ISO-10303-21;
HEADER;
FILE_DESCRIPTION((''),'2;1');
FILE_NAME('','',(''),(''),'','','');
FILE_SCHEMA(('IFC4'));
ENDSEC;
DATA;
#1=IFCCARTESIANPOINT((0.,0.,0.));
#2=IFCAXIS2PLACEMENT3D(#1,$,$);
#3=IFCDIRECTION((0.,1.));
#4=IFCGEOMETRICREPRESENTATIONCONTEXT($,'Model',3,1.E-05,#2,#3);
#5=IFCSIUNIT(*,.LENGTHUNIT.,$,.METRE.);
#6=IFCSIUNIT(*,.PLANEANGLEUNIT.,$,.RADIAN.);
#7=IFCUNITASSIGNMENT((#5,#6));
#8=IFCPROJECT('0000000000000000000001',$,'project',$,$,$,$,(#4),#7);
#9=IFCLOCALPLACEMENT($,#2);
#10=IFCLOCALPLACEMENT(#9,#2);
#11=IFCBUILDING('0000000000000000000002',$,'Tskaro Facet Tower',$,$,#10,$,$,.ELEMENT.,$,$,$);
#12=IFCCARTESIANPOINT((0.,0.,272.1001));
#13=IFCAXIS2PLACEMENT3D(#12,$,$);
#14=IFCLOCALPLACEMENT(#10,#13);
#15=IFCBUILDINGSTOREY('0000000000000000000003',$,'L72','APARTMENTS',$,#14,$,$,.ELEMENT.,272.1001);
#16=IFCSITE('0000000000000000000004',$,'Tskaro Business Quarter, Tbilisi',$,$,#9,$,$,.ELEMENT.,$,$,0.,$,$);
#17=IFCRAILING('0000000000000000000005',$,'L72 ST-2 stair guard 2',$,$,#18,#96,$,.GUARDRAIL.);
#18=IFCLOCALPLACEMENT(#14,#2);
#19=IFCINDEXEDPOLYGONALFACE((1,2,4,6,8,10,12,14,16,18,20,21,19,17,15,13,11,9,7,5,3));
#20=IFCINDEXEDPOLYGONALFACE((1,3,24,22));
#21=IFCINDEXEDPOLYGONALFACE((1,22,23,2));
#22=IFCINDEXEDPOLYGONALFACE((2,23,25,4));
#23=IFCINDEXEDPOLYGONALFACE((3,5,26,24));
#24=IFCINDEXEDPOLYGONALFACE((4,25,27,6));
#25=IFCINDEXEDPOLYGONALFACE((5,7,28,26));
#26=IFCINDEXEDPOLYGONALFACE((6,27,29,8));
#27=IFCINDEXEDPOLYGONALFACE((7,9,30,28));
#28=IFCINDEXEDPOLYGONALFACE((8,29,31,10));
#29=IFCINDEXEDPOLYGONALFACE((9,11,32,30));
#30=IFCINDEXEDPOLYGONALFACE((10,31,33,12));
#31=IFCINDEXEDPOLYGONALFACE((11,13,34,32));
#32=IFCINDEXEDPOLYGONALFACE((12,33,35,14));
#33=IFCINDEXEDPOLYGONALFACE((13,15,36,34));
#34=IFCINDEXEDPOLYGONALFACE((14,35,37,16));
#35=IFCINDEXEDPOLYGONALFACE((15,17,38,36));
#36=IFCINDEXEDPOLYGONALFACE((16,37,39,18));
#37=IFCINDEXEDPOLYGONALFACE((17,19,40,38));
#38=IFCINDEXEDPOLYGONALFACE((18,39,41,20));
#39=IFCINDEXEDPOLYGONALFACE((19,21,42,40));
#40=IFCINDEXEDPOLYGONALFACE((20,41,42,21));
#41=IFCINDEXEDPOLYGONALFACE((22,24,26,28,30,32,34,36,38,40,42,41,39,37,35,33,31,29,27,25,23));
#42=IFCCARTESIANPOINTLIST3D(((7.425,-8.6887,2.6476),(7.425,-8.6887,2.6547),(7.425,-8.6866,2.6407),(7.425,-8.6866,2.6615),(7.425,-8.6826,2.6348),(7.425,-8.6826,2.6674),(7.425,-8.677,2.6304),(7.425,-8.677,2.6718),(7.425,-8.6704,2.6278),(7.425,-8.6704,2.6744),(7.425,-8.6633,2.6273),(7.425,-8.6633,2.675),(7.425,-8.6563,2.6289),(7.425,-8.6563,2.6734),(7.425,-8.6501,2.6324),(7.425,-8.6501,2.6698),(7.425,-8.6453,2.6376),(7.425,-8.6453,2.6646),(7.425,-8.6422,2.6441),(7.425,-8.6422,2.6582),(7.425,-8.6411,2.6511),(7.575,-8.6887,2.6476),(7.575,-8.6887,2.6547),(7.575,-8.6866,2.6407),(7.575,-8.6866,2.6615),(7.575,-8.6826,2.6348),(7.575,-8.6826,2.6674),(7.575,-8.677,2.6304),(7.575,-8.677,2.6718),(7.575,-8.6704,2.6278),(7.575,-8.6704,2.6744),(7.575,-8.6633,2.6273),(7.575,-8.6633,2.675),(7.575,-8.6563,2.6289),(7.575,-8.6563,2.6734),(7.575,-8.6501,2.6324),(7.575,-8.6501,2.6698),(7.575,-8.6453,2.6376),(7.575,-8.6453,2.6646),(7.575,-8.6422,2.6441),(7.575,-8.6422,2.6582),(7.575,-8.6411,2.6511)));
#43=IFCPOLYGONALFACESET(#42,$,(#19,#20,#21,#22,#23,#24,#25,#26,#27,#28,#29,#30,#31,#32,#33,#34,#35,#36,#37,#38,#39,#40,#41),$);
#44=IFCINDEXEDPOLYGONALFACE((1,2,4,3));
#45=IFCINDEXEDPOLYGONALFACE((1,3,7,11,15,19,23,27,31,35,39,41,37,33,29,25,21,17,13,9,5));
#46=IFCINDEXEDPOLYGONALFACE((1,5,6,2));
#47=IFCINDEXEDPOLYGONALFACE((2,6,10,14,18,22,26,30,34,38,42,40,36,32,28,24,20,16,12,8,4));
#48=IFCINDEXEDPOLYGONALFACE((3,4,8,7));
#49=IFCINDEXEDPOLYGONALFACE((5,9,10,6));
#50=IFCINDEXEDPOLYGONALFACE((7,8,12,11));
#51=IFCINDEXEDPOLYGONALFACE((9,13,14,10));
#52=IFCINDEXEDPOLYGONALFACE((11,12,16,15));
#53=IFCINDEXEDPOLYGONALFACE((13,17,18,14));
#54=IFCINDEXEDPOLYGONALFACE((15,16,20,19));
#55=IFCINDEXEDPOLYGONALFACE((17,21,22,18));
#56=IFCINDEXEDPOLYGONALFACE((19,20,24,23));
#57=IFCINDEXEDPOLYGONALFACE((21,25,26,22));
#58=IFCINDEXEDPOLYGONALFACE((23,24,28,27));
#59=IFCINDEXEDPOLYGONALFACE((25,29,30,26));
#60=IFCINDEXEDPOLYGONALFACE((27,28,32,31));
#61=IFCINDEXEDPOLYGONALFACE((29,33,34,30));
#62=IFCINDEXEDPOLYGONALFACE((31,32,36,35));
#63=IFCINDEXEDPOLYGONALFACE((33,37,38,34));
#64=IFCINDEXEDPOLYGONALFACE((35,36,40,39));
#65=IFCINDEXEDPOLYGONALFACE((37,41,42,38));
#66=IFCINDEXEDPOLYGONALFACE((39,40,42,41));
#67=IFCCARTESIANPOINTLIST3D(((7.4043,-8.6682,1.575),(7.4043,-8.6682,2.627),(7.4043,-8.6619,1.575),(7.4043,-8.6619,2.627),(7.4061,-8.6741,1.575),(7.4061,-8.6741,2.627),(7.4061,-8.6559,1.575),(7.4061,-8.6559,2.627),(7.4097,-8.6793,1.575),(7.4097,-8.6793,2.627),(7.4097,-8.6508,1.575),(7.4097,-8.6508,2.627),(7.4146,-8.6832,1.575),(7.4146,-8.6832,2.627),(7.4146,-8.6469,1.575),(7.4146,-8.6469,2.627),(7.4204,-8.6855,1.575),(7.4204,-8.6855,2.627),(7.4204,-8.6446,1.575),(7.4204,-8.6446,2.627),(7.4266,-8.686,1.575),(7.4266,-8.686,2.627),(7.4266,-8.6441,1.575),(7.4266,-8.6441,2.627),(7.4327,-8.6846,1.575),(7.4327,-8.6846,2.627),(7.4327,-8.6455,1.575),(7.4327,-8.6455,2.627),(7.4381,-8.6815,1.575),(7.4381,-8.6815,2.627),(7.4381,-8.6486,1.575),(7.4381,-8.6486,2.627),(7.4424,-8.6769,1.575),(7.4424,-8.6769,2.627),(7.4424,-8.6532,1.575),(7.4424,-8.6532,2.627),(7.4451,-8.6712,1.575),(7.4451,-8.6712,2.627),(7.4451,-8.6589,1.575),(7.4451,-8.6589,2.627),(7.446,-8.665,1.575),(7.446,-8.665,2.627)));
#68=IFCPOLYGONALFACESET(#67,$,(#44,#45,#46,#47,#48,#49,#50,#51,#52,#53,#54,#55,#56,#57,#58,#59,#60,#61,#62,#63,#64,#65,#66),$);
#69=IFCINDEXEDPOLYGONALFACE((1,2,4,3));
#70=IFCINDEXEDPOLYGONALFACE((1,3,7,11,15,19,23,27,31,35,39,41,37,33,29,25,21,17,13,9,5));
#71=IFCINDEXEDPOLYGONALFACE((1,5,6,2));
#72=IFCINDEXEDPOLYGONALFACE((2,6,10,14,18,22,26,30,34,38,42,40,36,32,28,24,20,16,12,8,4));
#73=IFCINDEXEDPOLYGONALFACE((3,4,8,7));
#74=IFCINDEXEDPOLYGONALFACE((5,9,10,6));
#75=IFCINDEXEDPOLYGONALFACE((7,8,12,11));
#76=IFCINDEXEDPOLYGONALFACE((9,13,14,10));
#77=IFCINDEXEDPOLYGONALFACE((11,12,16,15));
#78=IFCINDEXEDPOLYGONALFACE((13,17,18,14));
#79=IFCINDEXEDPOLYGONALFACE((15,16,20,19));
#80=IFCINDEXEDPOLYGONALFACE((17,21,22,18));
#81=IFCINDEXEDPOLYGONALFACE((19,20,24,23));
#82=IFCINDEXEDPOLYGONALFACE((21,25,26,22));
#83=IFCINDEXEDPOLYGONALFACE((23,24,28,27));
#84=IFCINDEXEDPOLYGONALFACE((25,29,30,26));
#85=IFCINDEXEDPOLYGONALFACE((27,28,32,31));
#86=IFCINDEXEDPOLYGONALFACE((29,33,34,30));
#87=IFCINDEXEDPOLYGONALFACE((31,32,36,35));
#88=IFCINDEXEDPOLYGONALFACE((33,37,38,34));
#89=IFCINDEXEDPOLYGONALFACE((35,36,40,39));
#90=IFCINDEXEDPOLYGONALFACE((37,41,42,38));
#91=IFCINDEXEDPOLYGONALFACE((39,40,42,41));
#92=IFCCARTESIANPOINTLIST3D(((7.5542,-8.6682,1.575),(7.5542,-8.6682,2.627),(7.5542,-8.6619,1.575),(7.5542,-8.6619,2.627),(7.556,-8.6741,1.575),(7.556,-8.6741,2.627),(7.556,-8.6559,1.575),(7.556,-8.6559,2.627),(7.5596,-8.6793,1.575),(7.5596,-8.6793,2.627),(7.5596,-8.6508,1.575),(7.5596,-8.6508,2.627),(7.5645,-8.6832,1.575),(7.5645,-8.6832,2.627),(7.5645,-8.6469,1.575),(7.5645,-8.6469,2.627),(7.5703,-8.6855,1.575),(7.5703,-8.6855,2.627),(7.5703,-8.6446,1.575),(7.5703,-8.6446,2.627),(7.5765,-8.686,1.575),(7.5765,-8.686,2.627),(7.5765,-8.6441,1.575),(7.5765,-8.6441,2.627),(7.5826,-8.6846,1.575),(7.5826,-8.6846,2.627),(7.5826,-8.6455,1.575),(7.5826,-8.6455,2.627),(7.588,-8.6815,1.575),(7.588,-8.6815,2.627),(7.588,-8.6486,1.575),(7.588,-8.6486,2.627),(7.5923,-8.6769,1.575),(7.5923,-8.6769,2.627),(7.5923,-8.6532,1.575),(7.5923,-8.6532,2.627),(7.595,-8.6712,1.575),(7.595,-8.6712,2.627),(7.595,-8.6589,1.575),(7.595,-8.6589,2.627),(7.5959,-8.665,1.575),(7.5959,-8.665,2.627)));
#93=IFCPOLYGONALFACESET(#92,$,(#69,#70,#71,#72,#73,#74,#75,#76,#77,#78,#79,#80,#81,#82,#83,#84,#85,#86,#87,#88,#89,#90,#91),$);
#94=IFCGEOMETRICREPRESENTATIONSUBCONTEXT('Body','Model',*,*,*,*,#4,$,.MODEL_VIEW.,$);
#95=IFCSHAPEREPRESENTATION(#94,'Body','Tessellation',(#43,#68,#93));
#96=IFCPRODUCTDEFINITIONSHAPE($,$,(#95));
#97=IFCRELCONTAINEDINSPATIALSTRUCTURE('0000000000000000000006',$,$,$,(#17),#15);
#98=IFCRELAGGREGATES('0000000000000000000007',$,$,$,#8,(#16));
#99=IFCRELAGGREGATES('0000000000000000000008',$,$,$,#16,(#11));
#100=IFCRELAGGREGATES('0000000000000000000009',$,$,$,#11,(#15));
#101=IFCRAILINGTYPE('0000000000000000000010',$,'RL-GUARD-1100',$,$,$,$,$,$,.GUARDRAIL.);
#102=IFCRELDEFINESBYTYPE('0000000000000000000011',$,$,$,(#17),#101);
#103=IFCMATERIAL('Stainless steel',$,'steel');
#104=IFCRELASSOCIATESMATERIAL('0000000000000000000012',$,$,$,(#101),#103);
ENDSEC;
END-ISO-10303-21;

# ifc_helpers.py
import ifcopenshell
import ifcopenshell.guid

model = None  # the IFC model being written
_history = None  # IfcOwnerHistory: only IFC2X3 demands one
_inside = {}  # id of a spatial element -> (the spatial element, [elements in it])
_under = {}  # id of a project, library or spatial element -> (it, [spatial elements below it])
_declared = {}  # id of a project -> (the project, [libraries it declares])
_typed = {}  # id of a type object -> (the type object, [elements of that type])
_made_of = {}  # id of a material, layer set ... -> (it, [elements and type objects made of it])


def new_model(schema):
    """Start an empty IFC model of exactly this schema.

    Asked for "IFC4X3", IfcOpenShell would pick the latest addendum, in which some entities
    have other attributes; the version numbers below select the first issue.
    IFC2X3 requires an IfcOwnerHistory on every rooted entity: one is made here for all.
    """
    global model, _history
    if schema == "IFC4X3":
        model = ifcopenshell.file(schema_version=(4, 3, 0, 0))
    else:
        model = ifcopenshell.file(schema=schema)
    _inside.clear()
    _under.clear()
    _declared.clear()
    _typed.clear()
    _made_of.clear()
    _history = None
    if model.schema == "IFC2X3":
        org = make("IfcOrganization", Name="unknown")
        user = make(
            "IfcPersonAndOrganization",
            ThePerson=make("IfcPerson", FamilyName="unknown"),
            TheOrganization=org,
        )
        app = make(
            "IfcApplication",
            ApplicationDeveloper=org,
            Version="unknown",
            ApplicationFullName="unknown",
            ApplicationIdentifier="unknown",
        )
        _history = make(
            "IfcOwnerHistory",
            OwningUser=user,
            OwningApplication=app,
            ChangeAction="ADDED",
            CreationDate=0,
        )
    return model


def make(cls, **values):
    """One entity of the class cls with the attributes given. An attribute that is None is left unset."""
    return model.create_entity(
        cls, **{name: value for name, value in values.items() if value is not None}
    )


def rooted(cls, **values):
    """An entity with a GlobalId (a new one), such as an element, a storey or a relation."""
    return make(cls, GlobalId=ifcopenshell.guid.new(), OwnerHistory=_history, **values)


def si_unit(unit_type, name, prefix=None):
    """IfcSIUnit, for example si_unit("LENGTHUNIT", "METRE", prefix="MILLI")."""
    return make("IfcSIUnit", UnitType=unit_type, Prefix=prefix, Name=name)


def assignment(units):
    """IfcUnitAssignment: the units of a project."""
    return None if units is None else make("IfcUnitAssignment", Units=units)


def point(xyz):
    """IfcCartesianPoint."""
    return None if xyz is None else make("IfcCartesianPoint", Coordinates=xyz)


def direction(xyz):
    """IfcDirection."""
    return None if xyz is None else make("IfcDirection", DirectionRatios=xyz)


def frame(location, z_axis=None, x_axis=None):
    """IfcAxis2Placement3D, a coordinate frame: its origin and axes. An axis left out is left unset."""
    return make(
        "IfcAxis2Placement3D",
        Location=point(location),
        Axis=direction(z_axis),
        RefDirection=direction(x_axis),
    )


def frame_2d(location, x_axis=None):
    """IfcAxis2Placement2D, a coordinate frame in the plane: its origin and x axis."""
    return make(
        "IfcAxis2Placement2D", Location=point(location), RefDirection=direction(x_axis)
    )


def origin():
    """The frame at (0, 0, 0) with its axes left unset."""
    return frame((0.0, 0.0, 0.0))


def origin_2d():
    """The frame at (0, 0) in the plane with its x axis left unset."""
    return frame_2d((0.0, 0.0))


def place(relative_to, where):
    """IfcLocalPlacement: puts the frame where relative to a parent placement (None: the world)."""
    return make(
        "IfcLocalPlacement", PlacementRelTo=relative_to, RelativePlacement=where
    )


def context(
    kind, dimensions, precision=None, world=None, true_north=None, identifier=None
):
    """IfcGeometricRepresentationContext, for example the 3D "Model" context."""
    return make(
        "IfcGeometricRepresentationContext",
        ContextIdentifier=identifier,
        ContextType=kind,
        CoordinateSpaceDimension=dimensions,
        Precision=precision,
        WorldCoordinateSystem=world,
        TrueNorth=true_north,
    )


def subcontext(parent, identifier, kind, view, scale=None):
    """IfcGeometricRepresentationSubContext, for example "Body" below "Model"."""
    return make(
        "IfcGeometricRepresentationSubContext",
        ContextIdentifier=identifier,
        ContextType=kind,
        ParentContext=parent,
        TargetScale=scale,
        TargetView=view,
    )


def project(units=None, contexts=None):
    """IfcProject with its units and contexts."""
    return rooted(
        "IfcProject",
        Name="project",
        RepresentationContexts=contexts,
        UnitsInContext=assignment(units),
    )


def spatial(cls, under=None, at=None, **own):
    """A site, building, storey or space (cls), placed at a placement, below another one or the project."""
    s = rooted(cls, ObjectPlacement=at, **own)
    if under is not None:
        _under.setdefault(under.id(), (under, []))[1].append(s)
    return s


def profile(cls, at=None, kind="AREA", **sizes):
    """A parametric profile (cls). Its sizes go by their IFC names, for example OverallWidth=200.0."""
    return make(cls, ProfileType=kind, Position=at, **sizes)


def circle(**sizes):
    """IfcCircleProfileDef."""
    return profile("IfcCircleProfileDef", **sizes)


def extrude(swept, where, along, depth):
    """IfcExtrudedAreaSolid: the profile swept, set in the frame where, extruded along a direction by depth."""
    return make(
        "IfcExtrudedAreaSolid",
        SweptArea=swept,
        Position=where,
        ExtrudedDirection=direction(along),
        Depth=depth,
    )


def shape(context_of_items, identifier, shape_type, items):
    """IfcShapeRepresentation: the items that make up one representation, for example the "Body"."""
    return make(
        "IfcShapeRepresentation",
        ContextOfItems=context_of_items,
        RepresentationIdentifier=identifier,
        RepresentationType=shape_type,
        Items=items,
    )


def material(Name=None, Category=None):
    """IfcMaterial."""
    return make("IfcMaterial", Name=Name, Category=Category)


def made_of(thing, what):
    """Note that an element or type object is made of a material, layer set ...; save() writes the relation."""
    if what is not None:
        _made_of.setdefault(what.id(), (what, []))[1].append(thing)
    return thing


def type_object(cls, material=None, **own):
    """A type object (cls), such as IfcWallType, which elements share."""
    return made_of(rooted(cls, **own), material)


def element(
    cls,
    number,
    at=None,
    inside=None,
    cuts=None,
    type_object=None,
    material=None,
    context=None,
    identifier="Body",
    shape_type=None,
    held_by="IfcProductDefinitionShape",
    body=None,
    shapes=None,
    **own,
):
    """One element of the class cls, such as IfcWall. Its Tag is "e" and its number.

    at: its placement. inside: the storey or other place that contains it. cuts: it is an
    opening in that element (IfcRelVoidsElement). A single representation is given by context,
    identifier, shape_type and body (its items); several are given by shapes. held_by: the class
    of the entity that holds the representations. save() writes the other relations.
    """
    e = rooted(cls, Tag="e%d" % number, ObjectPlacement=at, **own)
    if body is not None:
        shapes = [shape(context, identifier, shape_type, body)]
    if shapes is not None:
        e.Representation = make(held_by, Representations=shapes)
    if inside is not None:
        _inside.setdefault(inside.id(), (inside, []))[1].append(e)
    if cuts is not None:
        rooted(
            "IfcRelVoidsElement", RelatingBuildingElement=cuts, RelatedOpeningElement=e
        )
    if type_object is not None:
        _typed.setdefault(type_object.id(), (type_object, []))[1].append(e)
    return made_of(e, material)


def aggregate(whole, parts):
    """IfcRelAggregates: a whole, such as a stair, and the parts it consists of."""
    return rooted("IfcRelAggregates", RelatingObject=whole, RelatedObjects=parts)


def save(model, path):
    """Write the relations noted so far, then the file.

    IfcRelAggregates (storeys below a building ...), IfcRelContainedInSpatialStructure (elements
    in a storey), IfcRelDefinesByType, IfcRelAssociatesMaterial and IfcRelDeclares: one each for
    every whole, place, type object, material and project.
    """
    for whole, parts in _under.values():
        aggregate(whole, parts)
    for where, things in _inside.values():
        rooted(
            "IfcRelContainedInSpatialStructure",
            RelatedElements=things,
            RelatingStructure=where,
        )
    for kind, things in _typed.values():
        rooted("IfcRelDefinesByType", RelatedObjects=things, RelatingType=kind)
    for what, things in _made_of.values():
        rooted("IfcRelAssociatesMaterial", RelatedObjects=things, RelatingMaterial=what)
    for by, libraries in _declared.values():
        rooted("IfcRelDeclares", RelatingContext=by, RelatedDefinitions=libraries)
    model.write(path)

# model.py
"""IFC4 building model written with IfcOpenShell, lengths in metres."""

from ifc_helpers import new_model, si_unit, direction, frame, origin, origin_2d, place, context, subcontext, project, spatial, circle, extrude, material, type_object, element, save


model = new_model("IFC4")

# Units and contexts
model_context = context("Model", 3, precision=1e-05, world=origin(), true_north=direction((0.0, 1.0)))
body_context = subcontext(model_context, "Body", "Model", "MODEL_VIEW")
ifc_project = project(units=[si_unit("LENGTHUNIT", "METRE"), si_unit("PLANEANGLEUNIT", "RADIAN")], contexts=[model_context])

# Site, building, storey
site_placement = place(None, origin())
site = spatial("IfcSite", under=ifc_project, at=site_placement, Name="Tskaro Business Quarter, Tbilisi", CompositionType="ELEMENT", RefElevation=0.0)
building_placement = place(site_placement, origin())
building = spatial("IfcBuilding", under=site, at=building_placement, Name="Tskaro Facet Tower", CompositionType="ELEMENT")
storey_placement = place(building_placement, frame((0.0, 0.0, 272.1001)))
storey = spatial("IfcBuildingStorey", under=building, at=storey_placement, Name="L72", Description="APARTMENTS", CompositionType="ELEMENT", Elevation=272.1001)

# Railing
ifc_material_1 = material(Name="Stainless steel", Category="steel")
railing_type_1 = type_object("IfcRailingType", Name="RL-GUARD-1100", PredefinedType="GUARDRAIL", material=ifc_material_1)
railing_1_placement = place(storey_placement, frame((7.425, -8.665, 1.575)))
element("IfcRailing", 1, at=railing_1_placement, inside=storey, type_object=railing_type_1, Name="L72 ST-2 stair guard 2", PredefinedType="GUARDRAIL", context=body_context, shape_type="SweptSolid", body=[
    extrude(circle(Radius=0.0239, at=origin_2d()), frame((0.0, 0.0, 1.0762), z_axis=(1.0, 0.0, 0.0), x_axis=(0.0, 1.0, 0.0)), (0.0, 0.0, 1.0), 0.1499),
    extrude(circle(Radius=0.021, at=origin_2d()), origin(), (0.0, 0.0, 1.0), 1.052),
    extrude(circle(Radius=0.021, at=origin_2d()), frame((0.1499, 0.0, 0.0)), (0.0, 0.0, 1.0), 1.052),
])

save(model, "model.ifc")
